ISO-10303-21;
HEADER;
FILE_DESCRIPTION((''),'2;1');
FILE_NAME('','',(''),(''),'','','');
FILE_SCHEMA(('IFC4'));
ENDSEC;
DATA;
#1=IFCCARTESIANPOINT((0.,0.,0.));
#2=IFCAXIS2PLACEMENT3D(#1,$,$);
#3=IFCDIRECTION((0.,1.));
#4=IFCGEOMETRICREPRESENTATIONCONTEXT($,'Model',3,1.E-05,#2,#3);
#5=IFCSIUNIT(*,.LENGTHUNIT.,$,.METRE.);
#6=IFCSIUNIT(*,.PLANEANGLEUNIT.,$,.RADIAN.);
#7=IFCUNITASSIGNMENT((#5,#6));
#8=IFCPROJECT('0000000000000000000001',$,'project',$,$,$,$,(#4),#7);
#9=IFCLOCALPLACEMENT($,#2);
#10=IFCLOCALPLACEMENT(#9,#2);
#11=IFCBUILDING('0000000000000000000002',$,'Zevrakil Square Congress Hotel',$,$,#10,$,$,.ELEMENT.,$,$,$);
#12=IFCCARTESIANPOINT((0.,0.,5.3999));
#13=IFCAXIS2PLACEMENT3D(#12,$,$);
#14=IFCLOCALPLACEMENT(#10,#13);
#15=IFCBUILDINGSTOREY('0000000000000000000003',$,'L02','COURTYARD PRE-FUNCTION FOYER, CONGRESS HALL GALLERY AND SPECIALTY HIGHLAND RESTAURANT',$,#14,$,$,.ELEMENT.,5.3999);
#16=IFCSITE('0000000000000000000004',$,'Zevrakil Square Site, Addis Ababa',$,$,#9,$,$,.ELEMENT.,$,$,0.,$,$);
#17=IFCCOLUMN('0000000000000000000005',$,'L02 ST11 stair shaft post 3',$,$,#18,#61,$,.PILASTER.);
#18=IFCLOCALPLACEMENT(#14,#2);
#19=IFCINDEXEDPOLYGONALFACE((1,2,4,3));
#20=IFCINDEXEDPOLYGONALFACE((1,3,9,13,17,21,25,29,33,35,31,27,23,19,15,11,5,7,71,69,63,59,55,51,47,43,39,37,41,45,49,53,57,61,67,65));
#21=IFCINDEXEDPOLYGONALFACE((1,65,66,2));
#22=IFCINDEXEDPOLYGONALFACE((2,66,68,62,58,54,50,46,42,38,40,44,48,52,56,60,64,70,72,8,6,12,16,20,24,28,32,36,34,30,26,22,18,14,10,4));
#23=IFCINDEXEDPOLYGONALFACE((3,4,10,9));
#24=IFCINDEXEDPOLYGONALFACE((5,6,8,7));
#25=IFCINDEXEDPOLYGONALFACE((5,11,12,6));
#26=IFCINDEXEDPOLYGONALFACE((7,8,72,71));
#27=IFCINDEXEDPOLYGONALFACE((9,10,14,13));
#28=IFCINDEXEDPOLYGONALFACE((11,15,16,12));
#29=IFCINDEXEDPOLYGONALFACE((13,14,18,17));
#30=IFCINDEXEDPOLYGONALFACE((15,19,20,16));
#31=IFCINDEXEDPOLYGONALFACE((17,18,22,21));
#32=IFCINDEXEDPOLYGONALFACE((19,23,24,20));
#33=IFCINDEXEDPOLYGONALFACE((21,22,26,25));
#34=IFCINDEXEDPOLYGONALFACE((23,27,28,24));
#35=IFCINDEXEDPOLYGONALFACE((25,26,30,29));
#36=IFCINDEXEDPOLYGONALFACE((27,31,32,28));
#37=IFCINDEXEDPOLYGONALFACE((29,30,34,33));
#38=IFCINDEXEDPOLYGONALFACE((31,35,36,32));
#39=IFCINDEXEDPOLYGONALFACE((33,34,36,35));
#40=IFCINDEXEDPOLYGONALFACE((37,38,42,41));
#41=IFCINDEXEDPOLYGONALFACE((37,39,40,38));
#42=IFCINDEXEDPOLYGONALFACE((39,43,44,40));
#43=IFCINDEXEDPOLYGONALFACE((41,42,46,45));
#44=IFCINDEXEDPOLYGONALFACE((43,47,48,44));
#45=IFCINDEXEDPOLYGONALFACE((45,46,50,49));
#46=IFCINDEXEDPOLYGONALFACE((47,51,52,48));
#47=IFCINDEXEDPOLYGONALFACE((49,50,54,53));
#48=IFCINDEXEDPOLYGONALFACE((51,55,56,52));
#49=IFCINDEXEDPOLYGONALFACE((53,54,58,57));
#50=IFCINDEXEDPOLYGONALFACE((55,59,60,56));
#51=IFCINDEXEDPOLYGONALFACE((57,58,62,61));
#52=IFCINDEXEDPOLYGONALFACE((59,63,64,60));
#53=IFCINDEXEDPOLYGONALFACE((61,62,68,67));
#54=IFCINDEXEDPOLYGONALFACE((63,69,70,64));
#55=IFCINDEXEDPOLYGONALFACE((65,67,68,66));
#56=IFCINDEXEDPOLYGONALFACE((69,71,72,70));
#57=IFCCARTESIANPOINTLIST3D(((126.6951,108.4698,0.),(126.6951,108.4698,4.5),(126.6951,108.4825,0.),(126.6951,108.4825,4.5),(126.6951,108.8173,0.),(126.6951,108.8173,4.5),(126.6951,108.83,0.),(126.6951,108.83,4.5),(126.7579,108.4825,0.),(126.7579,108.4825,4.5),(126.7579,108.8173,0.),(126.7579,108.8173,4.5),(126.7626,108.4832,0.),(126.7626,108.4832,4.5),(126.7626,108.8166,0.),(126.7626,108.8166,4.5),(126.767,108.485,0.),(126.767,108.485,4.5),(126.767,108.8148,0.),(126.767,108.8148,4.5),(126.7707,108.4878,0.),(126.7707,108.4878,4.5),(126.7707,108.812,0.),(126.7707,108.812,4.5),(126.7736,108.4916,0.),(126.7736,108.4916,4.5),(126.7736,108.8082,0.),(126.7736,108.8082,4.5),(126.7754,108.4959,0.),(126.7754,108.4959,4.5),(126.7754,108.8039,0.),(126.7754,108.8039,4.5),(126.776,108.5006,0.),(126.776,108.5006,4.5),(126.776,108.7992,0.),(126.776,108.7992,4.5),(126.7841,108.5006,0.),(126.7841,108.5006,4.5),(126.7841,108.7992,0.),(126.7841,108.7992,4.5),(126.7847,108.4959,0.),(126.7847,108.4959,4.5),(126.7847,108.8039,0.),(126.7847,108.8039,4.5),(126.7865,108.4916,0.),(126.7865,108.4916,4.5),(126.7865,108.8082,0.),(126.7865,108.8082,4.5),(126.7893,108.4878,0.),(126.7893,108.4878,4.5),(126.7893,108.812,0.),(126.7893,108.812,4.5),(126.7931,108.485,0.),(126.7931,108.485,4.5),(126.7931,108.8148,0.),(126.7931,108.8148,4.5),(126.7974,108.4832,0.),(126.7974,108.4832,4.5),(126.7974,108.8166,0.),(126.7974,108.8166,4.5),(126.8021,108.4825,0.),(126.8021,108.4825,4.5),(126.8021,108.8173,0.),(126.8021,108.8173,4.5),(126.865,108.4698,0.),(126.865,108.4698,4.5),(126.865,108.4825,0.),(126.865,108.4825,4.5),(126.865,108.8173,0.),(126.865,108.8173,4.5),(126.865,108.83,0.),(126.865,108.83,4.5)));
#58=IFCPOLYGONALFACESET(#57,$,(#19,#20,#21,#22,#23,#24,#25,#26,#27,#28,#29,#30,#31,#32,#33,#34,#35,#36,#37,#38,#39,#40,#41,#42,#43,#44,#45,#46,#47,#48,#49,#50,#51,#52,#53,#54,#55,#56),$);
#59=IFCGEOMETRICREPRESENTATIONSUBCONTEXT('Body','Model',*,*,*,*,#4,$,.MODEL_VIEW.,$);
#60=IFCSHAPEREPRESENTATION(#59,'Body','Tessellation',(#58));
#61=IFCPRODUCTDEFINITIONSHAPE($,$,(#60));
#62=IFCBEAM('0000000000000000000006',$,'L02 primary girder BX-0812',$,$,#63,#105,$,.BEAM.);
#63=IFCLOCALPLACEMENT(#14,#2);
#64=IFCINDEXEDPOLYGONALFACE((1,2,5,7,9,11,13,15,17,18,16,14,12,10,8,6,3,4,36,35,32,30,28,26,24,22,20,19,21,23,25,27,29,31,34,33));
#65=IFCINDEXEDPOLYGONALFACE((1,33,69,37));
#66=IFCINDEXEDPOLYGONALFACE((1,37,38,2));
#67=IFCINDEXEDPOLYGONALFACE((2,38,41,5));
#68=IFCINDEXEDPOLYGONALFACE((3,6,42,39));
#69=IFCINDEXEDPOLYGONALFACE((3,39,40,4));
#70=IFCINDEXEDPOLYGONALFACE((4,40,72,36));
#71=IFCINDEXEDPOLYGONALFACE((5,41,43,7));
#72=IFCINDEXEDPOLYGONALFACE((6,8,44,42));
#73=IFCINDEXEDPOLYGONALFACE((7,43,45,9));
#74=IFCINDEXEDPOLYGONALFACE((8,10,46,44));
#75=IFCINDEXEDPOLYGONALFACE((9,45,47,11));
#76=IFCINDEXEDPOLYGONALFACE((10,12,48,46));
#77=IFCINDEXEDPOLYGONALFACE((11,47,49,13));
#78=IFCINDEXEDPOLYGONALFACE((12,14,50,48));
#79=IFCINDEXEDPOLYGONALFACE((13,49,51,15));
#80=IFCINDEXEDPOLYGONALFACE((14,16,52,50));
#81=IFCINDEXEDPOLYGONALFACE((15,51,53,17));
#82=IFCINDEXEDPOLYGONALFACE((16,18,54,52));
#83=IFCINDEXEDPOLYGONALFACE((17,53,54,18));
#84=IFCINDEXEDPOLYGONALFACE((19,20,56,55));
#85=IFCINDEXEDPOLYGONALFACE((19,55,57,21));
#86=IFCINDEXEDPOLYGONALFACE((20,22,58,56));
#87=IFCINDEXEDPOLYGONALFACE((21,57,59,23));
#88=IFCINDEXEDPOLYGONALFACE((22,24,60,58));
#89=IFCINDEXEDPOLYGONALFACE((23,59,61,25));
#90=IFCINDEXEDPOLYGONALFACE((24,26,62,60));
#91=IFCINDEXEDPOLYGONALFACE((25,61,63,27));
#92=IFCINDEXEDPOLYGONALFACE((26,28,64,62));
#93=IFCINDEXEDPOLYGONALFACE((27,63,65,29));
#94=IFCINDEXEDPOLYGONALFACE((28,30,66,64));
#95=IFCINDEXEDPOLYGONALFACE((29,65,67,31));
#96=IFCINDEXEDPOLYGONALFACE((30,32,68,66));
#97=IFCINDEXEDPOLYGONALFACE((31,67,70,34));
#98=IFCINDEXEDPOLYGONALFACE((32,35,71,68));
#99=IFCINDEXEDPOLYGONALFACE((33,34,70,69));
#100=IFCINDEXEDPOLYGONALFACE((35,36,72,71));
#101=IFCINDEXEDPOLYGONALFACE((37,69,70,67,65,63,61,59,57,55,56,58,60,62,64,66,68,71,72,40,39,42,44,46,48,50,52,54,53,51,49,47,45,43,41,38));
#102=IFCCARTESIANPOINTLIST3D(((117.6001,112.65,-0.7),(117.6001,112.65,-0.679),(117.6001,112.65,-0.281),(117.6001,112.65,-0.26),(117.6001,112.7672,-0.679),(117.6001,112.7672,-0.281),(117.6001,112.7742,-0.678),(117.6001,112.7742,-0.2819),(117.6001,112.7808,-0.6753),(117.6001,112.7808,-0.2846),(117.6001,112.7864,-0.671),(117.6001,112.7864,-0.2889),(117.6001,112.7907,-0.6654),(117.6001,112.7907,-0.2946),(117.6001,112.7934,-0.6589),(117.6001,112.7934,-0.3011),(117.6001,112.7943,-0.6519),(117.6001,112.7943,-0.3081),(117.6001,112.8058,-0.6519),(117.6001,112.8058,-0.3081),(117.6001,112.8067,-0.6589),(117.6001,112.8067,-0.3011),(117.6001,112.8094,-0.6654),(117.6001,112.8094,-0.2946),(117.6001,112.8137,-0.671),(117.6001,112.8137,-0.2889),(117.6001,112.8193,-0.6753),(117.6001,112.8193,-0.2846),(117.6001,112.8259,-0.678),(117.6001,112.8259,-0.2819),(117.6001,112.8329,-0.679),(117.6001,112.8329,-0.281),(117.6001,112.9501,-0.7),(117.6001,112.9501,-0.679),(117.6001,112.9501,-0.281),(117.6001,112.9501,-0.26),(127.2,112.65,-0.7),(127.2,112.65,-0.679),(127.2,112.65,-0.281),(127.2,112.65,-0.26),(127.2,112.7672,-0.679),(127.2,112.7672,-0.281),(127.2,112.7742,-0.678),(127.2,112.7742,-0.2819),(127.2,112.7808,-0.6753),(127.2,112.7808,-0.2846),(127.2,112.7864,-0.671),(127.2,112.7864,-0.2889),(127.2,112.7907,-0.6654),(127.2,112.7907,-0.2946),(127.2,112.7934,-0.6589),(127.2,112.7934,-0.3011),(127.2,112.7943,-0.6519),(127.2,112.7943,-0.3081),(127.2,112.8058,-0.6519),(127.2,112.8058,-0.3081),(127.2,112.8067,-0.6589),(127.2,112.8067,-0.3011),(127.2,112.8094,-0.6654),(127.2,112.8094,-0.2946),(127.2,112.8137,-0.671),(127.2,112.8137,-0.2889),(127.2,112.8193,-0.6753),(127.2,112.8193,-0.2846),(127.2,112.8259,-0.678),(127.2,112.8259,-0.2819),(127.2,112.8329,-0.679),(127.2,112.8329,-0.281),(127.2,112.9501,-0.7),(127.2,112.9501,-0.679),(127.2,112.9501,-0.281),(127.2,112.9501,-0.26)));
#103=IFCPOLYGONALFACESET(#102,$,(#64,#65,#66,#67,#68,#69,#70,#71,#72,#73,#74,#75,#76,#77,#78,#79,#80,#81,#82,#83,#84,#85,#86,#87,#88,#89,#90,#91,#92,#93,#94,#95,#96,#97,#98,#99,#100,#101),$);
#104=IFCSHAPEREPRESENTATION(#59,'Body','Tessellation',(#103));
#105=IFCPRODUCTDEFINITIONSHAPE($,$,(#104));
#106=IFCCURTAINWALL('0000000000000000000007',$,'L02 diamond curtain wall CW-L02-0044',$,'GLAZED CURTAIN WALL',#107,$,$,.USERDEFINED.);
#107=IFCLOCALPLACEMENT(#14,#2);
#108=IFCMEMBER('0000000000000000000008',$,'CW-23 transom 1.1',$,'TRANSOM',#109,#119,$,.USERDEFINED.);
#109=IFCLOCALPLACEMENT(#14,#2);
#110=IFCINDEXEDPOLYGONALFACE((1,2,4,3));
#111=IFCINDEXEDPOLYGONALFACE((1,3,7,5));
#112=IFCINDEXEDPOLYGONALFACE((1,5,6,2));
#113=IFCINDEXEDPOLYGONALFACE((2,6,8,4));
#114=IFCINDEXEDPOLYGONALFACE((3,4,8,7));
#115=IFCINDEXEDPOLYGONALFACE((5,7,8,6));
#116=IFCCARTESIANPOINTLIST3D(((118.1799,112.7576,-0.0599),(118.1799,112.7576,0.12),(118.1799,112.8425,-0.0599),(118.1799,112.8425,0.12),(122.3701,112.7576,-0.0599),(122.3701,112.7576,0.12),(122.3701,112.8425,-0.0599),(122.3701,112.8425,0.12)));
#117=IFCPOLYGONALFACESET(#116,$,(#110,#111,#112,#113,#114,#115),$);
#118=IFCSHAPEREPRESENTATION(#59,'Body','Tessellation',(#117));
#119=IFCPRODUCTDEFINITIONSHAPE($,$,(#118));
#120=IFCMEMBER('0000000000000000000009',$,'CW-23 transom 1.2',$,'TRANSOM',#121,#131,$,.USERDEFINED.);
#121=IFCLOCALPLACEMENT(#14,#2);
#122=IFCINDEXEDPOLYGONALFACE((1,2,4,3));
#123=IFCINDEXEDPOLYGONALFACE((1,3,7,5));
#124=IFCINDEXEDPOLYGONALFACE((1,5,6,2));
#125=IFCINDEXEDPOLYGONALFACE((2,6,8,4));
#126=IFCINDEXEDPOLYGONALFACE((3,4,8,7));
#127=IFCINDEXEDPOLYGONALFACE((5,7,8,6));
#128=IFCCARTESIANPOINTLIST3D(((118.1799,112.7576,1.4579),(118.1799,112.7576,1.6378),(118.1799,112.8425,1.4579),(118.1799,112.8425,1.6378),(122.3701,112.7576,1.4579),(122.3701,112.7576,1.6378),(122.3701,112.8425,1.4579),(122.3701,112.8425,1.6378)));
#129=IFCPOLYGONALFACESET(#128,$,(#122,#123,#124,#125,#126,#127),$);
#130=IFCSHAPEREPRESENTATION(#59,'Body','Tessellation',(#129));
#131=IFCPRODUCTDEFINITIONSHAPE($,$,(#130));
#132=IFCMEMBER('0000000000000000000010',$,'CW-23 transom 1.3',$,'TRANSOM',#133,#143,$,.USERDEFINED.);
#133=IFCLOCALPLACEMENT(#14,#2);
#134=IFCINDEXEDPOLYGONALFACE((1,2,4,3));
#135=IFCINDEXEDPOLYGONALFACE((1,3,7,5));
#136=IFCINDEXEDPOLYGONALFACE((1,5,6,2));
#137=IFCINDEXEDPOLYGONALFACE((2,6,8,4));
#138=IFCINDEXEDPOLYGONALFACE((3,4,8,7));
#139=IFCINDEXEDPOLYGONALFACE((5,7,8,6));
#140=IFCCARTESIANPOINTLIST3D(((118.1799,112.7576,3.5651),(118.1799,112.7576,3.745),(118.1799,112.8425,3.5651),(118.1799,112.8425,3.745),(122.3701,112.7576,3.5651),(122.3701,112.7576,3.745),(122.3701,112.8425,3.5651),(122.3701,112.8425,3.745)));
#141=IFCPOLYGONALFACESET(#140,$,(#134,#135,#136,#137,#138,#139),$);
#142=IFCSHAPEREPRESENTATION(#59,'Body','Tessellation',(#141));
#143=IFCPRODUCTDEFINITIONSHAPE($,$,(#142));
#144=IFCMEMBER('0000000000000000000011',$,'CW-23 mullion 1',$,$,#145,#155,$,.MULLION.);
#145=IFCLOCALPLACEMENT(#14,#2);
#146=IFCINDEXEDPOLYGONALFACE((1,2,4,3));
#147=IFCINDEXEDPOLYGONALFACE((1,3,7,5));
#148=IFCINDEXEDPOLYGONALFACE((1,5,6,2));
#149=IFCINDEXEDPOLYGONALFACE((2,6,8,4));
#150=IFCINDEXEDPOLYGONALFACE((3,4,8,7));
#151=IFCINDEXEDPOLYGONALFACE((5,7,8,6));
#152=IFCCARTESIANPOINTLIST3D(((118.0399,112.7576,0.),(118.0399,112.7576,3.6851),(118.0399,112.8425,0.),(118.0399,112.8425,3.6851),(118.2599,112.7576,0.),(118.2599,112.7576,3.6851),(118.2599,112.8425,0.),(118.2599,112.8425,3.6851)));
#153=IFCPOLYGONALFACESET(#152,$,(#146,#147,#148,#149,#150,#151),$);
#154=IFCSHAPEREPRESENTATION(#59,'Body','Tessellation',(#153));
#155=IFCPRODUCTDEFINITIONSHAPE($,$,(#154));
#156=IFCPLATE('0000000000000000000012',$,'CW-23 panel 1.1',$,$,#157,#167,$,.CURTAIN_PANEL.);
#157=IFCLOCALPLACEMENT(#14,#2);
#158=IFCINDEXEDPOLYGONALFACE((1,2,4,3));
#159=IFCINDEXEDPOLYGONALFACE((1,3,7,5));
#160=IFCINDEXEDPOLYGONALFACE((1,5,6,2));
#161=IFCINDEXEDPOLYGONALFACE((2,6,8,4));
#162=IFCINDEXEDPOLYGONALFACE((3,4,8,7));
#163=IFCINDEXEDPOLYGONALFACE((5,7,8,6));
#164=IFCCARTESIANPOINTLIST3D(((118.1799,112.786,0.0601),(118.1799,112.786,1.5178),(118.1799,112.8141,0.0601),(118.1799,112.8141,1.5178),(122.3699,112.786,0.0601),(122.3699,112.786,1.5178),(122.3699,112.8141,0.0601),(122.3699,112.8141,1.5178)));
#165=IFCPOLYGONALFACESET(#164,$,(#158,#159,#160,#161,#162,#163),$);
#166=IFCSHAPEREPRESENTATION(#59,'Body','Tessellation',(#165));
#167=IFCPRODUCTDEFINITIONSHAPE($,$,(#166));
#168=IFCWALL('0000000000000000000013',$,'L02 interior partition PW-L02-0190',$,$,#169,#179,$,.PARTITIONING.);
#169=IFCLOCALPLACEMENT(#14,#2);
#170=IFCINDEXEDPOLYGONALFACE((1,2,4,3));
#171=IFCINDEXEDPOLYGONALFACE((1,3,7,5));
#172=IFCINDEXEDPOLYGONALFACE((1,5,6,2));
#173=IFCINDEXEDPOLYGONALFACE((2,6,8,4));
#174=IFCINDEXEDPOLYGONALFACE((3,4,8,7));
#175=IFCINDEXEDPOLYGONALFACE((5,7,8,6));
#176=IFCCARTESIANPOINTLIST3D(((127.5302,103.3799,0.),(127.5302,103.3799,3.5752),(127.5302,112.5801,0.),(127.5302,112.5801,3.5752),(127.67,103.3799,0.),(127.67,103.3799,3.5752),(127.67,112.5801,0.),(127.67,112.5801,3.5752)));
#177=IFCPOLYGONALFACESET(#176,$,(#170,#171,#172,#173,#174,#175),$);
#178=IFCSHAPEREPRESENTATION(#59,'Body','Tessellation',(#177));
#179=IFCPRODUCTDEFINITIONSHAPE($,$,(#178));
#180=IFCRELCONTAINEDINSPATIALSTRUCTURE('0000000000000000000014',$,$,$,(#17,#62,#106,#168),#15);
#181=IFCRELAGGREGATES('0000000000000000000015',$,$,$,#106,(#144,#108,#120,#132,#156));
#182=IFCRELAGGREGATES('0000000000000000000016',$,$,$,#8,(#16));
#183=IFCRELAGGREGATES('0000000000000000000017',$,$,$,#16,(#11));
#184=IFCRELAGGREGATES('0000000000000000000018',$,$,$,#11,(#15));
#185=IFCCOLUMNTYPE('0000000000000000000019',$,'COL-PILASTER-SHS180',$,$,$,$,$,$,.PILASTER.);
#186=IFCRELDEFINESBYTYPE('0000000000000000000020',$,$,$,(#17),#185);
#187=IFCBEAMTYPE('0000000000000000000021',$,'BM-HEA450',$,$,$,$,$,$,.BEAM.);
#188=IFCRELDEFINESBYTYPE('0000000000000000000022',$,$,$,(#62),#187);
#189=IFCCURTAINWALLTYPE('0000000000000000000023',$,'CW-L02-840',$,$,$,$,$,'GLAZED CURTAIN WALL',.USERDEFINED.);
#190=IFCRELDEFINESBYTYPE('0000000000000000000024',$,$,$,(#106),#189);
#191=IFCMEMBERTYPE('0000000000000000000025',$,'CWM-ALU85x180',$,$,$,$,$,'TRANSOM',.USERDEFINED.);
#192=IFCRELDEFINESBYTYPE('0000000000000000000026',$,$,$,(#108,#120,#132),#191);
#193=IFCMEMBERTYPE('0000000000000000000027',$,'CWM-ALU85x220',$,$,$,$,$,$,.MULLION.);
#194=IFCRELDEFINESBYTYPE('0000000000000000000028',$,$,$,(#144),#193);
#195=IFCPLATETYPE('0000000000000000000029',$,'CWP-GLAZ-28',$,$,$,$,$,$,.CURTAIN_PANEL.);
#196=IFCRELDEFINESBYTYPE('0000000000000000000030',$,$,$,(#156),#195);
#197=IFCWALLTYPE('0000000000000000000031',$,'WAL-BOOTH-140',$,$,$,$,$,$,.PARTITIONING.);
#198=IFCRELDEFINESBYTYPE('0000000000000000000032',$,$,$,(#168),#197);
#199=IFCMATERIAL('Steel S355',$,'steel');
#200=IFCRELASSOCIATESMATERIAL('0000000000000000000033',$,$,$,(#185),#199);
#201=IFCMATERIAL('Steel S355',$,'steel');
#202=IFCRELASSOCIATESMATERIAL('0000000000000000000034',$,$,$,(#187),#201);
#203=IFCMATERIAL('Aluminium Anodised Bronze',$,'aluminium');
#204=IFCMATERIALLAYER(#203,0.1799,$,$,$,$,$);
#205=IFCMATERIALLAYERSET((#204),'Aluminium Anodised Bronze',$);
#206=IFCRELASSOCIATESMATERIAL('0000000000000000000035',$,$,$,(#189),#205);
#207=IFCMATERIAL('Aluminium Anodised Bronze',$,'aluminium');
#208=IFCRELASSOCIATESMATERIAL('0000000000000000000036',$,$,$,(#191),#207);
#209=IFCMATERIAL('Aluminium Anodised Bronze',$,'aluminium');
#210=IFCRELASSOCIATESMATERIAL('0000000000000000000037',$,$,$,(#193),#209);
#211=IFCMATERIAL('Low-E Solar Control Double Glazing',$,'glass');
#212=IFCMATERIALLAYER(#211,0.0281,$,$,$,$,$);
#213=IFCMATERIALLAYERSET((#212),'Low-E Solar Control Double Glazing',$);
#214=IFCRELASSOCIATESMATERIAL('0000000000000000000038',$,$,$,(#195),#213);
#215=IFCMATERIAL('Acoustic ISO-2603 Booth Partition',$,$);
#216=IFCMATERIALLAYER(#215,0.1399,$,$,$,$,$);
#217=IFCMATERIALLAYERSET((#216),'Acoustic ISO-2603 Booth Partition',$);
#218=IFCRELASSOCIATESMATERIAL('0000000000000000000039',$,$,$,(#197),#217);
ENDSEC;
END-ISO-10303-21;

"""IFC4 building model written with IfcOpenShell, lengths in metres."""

from ifc_helpers import new_model, si_unit, direction, frame, frame_2d, origin, origin_2d, place, context, subcontext, project, spatial, rectangle, i_section, extrude, material, layer, layer_set, material_profile, profile_set, type_object, element, aggregate, save


model = new_model("IFC4")

# Units and contexts
model_context = context("Model", 3, precision=1e-05, world=origin(), true_north=direction((0.0, 1.0)))
body_context = subcontext(model_context, "Body", "Model", "MODEL_VIEW")
ifc_project = project(units=[si_unit("LENGTHUNIT", "METRE"), si_unit("PLANEANGLEUNIT", "RADIAN")], contexts=[model_context])

# Site, building, storey
site_placement = place(None, origin())
site = spatial("IfcSite", under=ifc_project, at=site_placement, Name="Zevrakil Square Site, Addis Ababa", CompositionType="ELEMENT", RefElevation=0.0)
building_placement = place(site_placement, origin())
building = spatial("IfcBuilding", under=site, at=building_placement, Name="Zevrakil Square Congress Hotel", CompositionType="ELEMENT")
storey_placement = place(building_placement, frame((0.0, 0.0, 5.3999)))
storey = spatial("IfcBuildingStorey", under=building, at=storey_placement, Name="L02", Description="COURTYARD PRE-FUNCTION FOYER, CONGRESS HALL GALLERY AND SPECIALTY HIGHLAND RESTAURANT", CompositionType="ELEMENT", Elevation=5.3999)

# Column
ifc_material_1 = material(Name="Steel S355", Category="steel")
ifc_material_profile_1 = material_profile(ifc_material_1, i_section(OverallWidth=0.1699, OverallDepth=0.3601, WebThickness=0.0081, FlangeThickness=0.0127, FilletRadius=0.0181, at=origin_2d()), Name="IPE 360")
ifc_profile_set_1 = profile_set([ifc_material_profile_1], Name="Steel S355")
column_type_1 = type_object("IfcColumnType", Name="COL-PILASTER-SHS180", PredefinedType="PILASTER", material=ifc_profile_set_1)
for number, where, z_axis, x_axis, name in (
    (1, (126.78, 108.6499, 0.0), (0.0, 0.0, 1.0), (1.0, 0.0, 0.0), "L02 ST11 stair shaft post 3"),
):
    element("IfcColumn", number, at=place(storey_placement, frame(where, z_axis=z_axis, x_axis=x_axis)), inside=storey, type_object=column_type_1, Name=name, PredefinedType="PILASTER", context=body_context, shape_type="SweptSolid", body=[
        extrude(i_section(OverallWidth=0.1699, OverallDepth=0.3601, WebThickness=0.0081, FlangeThickness=0.0127, FilletRadius=0.0181, at=origin_2d()), origin(), (0.0, 0.0, 1.0), 4.5),
    ])

# Beam
ifc_material_2 = material(Name="Steel S355", Category="steel")
ifc_material_profile_2 = material_profile(ifc_material_2, i_section(OverallWidth=0.3, OverallDepth=0.4399, WebThickness=0.0115, FlangeThickness=0.021, FilletRadius=0.0271, at=origin_2d()), Name="HEA 450")
ifc_profile_set_2 = profile_set([ifc_material_profile_2], Name="Steel S355")
beam_type = type_object("IfcBeamType", Name="BM-HEA450", PredefinedType="BEAM", material=ifc_profile_set_2)
beam_placement = place(storey_placement, frame((117.6001, 112.8, -0.48), z_axis=(1.0, 0.0, 0.0), x_axis=(0.0, 1.0, 0.0)))
element("IfcBeam", 2, at=beam_placement, inside=storey, type_object=beam_type, Name="L02 primary girder BX-0812", PredefinedType="BEAM", context=body_context, shape_type="SweptSolid", body=[
    extrude(i_section(OverallWidth=0.3, OverallDepth=0.4399, WebThickness=0.0115, FlangeThickness=0.021, FilletRadius=0.0271, at=origin_2d()), origin(), (0.0, 0.0, 1.0), 9.5999),
])

# Curtain wall, members, plate
ifc_material_3 = material(Name="Aluminium Anodised Bronze", Category="aluminium")
ifc_layer_1 = layer(ifc_material_3, 0.1799)
ifc_layer_set_1 = layer_set([ifc_layer_1], Name="Aluminium Anodised Bronze")
curtain_wall_type = type_object("IfcCurtainWallType", Name="CW-L02-840", ElementType="GLAZED CURTAIN WALL", PredefinedType="USERDEFINED", material=ifc_layer_set_1)
curtain_wall_placement = place(storey_placement, origin())
curtain_wall = element("IfcCurtainWall", 3, at=curtain_wall_placement, inside=storey, type_object=curtain_wall_type, Name="L02 diamond curtain wall CW-L02-0044", ObjectType="GLAZED CURTAIN WALL", PredefinedType="USERDEFINED")
ifc_material_4 = material(Name="Aluminium Anodised Bronze", Category="aluminium")
ifc_material_profile_3 = material_profile(ifc_material_4, rectangle(XDim=0.085, YDim=0.1799, at=origin_2d()), Name="ALU 85x180")
ifc_profile_set_3 = profile_set([ifc_material_profile_3], Name="Aluminium Anodised Bronze")
member_type_1 = type_object("IfcMemberType", Name="CWM-ALU85x180", ElementType="TRANSOM", PredefinedType="USERDEFINED", material=ifc_profile_set_3)
member_1_placement = place(storey_placement, frame((118.1799, 112.8, 0.03), z_axis=(1.0, 0.0, 0.0), x_axis=(0.0, 1.0, 0.0)))
member_1 = element("IfcMember", 4, at=member_1_placement, type_object=member_type_1, Name="CW-23 transom 1.1", ObjectType="TRANSOM", PredefinedType="USERDEFINED", context=body_context, shape_type="SweptSolid", body=[
    extrude(rectangle(XDim=0.085, YDim=0.1799, at=origin_2d()), origin(), (0.0, 0.0, 1.0), 4.1902),
])
member_2_placement = place(storey_placement, frame((118.1799, 112.8, 1.5479), z_axis=(1.0, 0.0, 0.0), x_axis=(0.0, 1.0, 0.0)))
member_2 = element("IfcMember", 5, at=member_2_placement, type_object=member_type_1, Name="CW-23 transom 1.2", ObjectType="TRANSOM", PredefinedType="USERDEFINED", context=body_context, shape_type="SweptSolid", body=[
    extrude(rectangle(XDim=0.085, YDim=0.1799, at=origin_2d()), origin(), (0.0, 0.0, 1.0), 4.1902),
])
member_3_placement = place(storey_placement, frame((118.1799, 112.8, 3.655), z_axis=(1.0, 0.0, 0.0), x_axis=(0.0, 1.0, 0.0)))
member_3 = element("IfcMember", 6, at=member_3_placement, type_object=member_type_1, Name="CW-23 transom 1.3", ObjectType="TRANSOM", PredefinedType="USERDEFINED", context=body_context, shape_type="SweptSolid", body=[
    extrude(rectangle(XDim=0.085, YDim=0.1799, at=origin_2d()), origin(), (0.0, 0.0, 1.0), 4.1902),
])
ifc_material_5 = material(Name="Aluminium Anodised Bronze", Category="aluminium")
ifc_material_profile_4 = material_profile(ifc_material_5, rectangle(XDim=0.085, YDim=0.22, at=origin_2d()), Name="ALU 85x220")
ifc_profile_set_4 = profile_set([ifc_material_profile_4], Name="Aluminium Anodised Bronze")
member_type_2 = type_object("IfcMemberType", Name="CWM-ALU85x220", PredefinedType="MULLION", material=ifc_profile_set_4)
member_4_placement = place(storey_placement, frame((118.1499, 112.8, 0.0), z_axis=(0.0, 0.0, 1.0), x_axis=(0.0, 1.0, 0.0)))
member_4 = element("IfcMember", 7, at=member_4_placement, type_object=member_type_2, Name="CW-23 mullion 1", PredefinedType="MULLION", context=body_context, shape_type="SweptSolid", body=[
    extrude(rectangle(XDim=0.085, YDim=0.22, at=origin_2d()), origin(), (0.0, 0.0, 1.0), 3.6851),
])
ifc_material_6 = material(Name="Low-E Solar Control Double Glazing", Category="glass")
ifc_layer_2 = layer(ifc_material_6, 0.0281)
ifc_layer_set_2 = layer_set([ifc_layer_2], Name="Low-E Solar Control Double Glazing")
plate_type = type_object("IfcPlateType", Name="CWP-GLAZ-28", PredefinedType="CURTAIN_PANEL", material=ifc_layer_set_2)
plate_placement = place(storey_placement, frame((120.2749, 112.8, 0.0601), z_axis=(0.0, 0.0, 1.0), x_axis=(1.0, 0.0, 0.0)))
plate = element("IfcPlate", 8, at=plate_placement, type_object=plate_type, Name="CW-23 panel 1.1", PredefinedType="CURTAIN_PANEL", context=body_context, shape_type="SweptSolid", body=[
    extrude(rectangle(XDim=4.1899, YDim=0.0281, at=origin_2d()), origin(), (0.0, 0.0, 1.0), 1.4578),
])
aggregate(curtain_wall, [member_4, member_1, member_2, member_3, plate])

# Wall
ifc_material_7 = material(Name="Acoustic ISO-2603 Booth Partition")
ifc_layer_3 = layer(ifc_material_7, 0.1399)
ifc_layer_set_3 = layer_set([ifc_layer_3], Name="Acoustic ISO-2603 Booth Partition")
wall_type_1 = type_object("IfcWallType", Name="WAL-BOOTH-140", PredefinedType="PARTITIONING", material=ifc_layer_set_3)
for number, where, z_axis, x_axis, name in (
    (9, (127.6001, 103.3799, 0.0), (0.0, 0.0, 1.0), (0.0, 1.0, 0.0), "L02 interior partition PW-L02-0190"),
):
    element("IfcWall", number, at=place(storey_placement, frame(where, z_axis=z_axis, x_axis=x_axis)), inside=storey, type_object=wall_type_1, Name=name, PredefinedType="PARTITIONING", context=body_context, shape_type="SweptSolid", body=[
        extrude(rectangle(XDim=9.2002, YDim=0.1399, at=frame_2d((4.6001, 0.0))), origin(), (0.0, 0.0, 1.0), 3.5752),
    ])

save(model, "model.ifc")
